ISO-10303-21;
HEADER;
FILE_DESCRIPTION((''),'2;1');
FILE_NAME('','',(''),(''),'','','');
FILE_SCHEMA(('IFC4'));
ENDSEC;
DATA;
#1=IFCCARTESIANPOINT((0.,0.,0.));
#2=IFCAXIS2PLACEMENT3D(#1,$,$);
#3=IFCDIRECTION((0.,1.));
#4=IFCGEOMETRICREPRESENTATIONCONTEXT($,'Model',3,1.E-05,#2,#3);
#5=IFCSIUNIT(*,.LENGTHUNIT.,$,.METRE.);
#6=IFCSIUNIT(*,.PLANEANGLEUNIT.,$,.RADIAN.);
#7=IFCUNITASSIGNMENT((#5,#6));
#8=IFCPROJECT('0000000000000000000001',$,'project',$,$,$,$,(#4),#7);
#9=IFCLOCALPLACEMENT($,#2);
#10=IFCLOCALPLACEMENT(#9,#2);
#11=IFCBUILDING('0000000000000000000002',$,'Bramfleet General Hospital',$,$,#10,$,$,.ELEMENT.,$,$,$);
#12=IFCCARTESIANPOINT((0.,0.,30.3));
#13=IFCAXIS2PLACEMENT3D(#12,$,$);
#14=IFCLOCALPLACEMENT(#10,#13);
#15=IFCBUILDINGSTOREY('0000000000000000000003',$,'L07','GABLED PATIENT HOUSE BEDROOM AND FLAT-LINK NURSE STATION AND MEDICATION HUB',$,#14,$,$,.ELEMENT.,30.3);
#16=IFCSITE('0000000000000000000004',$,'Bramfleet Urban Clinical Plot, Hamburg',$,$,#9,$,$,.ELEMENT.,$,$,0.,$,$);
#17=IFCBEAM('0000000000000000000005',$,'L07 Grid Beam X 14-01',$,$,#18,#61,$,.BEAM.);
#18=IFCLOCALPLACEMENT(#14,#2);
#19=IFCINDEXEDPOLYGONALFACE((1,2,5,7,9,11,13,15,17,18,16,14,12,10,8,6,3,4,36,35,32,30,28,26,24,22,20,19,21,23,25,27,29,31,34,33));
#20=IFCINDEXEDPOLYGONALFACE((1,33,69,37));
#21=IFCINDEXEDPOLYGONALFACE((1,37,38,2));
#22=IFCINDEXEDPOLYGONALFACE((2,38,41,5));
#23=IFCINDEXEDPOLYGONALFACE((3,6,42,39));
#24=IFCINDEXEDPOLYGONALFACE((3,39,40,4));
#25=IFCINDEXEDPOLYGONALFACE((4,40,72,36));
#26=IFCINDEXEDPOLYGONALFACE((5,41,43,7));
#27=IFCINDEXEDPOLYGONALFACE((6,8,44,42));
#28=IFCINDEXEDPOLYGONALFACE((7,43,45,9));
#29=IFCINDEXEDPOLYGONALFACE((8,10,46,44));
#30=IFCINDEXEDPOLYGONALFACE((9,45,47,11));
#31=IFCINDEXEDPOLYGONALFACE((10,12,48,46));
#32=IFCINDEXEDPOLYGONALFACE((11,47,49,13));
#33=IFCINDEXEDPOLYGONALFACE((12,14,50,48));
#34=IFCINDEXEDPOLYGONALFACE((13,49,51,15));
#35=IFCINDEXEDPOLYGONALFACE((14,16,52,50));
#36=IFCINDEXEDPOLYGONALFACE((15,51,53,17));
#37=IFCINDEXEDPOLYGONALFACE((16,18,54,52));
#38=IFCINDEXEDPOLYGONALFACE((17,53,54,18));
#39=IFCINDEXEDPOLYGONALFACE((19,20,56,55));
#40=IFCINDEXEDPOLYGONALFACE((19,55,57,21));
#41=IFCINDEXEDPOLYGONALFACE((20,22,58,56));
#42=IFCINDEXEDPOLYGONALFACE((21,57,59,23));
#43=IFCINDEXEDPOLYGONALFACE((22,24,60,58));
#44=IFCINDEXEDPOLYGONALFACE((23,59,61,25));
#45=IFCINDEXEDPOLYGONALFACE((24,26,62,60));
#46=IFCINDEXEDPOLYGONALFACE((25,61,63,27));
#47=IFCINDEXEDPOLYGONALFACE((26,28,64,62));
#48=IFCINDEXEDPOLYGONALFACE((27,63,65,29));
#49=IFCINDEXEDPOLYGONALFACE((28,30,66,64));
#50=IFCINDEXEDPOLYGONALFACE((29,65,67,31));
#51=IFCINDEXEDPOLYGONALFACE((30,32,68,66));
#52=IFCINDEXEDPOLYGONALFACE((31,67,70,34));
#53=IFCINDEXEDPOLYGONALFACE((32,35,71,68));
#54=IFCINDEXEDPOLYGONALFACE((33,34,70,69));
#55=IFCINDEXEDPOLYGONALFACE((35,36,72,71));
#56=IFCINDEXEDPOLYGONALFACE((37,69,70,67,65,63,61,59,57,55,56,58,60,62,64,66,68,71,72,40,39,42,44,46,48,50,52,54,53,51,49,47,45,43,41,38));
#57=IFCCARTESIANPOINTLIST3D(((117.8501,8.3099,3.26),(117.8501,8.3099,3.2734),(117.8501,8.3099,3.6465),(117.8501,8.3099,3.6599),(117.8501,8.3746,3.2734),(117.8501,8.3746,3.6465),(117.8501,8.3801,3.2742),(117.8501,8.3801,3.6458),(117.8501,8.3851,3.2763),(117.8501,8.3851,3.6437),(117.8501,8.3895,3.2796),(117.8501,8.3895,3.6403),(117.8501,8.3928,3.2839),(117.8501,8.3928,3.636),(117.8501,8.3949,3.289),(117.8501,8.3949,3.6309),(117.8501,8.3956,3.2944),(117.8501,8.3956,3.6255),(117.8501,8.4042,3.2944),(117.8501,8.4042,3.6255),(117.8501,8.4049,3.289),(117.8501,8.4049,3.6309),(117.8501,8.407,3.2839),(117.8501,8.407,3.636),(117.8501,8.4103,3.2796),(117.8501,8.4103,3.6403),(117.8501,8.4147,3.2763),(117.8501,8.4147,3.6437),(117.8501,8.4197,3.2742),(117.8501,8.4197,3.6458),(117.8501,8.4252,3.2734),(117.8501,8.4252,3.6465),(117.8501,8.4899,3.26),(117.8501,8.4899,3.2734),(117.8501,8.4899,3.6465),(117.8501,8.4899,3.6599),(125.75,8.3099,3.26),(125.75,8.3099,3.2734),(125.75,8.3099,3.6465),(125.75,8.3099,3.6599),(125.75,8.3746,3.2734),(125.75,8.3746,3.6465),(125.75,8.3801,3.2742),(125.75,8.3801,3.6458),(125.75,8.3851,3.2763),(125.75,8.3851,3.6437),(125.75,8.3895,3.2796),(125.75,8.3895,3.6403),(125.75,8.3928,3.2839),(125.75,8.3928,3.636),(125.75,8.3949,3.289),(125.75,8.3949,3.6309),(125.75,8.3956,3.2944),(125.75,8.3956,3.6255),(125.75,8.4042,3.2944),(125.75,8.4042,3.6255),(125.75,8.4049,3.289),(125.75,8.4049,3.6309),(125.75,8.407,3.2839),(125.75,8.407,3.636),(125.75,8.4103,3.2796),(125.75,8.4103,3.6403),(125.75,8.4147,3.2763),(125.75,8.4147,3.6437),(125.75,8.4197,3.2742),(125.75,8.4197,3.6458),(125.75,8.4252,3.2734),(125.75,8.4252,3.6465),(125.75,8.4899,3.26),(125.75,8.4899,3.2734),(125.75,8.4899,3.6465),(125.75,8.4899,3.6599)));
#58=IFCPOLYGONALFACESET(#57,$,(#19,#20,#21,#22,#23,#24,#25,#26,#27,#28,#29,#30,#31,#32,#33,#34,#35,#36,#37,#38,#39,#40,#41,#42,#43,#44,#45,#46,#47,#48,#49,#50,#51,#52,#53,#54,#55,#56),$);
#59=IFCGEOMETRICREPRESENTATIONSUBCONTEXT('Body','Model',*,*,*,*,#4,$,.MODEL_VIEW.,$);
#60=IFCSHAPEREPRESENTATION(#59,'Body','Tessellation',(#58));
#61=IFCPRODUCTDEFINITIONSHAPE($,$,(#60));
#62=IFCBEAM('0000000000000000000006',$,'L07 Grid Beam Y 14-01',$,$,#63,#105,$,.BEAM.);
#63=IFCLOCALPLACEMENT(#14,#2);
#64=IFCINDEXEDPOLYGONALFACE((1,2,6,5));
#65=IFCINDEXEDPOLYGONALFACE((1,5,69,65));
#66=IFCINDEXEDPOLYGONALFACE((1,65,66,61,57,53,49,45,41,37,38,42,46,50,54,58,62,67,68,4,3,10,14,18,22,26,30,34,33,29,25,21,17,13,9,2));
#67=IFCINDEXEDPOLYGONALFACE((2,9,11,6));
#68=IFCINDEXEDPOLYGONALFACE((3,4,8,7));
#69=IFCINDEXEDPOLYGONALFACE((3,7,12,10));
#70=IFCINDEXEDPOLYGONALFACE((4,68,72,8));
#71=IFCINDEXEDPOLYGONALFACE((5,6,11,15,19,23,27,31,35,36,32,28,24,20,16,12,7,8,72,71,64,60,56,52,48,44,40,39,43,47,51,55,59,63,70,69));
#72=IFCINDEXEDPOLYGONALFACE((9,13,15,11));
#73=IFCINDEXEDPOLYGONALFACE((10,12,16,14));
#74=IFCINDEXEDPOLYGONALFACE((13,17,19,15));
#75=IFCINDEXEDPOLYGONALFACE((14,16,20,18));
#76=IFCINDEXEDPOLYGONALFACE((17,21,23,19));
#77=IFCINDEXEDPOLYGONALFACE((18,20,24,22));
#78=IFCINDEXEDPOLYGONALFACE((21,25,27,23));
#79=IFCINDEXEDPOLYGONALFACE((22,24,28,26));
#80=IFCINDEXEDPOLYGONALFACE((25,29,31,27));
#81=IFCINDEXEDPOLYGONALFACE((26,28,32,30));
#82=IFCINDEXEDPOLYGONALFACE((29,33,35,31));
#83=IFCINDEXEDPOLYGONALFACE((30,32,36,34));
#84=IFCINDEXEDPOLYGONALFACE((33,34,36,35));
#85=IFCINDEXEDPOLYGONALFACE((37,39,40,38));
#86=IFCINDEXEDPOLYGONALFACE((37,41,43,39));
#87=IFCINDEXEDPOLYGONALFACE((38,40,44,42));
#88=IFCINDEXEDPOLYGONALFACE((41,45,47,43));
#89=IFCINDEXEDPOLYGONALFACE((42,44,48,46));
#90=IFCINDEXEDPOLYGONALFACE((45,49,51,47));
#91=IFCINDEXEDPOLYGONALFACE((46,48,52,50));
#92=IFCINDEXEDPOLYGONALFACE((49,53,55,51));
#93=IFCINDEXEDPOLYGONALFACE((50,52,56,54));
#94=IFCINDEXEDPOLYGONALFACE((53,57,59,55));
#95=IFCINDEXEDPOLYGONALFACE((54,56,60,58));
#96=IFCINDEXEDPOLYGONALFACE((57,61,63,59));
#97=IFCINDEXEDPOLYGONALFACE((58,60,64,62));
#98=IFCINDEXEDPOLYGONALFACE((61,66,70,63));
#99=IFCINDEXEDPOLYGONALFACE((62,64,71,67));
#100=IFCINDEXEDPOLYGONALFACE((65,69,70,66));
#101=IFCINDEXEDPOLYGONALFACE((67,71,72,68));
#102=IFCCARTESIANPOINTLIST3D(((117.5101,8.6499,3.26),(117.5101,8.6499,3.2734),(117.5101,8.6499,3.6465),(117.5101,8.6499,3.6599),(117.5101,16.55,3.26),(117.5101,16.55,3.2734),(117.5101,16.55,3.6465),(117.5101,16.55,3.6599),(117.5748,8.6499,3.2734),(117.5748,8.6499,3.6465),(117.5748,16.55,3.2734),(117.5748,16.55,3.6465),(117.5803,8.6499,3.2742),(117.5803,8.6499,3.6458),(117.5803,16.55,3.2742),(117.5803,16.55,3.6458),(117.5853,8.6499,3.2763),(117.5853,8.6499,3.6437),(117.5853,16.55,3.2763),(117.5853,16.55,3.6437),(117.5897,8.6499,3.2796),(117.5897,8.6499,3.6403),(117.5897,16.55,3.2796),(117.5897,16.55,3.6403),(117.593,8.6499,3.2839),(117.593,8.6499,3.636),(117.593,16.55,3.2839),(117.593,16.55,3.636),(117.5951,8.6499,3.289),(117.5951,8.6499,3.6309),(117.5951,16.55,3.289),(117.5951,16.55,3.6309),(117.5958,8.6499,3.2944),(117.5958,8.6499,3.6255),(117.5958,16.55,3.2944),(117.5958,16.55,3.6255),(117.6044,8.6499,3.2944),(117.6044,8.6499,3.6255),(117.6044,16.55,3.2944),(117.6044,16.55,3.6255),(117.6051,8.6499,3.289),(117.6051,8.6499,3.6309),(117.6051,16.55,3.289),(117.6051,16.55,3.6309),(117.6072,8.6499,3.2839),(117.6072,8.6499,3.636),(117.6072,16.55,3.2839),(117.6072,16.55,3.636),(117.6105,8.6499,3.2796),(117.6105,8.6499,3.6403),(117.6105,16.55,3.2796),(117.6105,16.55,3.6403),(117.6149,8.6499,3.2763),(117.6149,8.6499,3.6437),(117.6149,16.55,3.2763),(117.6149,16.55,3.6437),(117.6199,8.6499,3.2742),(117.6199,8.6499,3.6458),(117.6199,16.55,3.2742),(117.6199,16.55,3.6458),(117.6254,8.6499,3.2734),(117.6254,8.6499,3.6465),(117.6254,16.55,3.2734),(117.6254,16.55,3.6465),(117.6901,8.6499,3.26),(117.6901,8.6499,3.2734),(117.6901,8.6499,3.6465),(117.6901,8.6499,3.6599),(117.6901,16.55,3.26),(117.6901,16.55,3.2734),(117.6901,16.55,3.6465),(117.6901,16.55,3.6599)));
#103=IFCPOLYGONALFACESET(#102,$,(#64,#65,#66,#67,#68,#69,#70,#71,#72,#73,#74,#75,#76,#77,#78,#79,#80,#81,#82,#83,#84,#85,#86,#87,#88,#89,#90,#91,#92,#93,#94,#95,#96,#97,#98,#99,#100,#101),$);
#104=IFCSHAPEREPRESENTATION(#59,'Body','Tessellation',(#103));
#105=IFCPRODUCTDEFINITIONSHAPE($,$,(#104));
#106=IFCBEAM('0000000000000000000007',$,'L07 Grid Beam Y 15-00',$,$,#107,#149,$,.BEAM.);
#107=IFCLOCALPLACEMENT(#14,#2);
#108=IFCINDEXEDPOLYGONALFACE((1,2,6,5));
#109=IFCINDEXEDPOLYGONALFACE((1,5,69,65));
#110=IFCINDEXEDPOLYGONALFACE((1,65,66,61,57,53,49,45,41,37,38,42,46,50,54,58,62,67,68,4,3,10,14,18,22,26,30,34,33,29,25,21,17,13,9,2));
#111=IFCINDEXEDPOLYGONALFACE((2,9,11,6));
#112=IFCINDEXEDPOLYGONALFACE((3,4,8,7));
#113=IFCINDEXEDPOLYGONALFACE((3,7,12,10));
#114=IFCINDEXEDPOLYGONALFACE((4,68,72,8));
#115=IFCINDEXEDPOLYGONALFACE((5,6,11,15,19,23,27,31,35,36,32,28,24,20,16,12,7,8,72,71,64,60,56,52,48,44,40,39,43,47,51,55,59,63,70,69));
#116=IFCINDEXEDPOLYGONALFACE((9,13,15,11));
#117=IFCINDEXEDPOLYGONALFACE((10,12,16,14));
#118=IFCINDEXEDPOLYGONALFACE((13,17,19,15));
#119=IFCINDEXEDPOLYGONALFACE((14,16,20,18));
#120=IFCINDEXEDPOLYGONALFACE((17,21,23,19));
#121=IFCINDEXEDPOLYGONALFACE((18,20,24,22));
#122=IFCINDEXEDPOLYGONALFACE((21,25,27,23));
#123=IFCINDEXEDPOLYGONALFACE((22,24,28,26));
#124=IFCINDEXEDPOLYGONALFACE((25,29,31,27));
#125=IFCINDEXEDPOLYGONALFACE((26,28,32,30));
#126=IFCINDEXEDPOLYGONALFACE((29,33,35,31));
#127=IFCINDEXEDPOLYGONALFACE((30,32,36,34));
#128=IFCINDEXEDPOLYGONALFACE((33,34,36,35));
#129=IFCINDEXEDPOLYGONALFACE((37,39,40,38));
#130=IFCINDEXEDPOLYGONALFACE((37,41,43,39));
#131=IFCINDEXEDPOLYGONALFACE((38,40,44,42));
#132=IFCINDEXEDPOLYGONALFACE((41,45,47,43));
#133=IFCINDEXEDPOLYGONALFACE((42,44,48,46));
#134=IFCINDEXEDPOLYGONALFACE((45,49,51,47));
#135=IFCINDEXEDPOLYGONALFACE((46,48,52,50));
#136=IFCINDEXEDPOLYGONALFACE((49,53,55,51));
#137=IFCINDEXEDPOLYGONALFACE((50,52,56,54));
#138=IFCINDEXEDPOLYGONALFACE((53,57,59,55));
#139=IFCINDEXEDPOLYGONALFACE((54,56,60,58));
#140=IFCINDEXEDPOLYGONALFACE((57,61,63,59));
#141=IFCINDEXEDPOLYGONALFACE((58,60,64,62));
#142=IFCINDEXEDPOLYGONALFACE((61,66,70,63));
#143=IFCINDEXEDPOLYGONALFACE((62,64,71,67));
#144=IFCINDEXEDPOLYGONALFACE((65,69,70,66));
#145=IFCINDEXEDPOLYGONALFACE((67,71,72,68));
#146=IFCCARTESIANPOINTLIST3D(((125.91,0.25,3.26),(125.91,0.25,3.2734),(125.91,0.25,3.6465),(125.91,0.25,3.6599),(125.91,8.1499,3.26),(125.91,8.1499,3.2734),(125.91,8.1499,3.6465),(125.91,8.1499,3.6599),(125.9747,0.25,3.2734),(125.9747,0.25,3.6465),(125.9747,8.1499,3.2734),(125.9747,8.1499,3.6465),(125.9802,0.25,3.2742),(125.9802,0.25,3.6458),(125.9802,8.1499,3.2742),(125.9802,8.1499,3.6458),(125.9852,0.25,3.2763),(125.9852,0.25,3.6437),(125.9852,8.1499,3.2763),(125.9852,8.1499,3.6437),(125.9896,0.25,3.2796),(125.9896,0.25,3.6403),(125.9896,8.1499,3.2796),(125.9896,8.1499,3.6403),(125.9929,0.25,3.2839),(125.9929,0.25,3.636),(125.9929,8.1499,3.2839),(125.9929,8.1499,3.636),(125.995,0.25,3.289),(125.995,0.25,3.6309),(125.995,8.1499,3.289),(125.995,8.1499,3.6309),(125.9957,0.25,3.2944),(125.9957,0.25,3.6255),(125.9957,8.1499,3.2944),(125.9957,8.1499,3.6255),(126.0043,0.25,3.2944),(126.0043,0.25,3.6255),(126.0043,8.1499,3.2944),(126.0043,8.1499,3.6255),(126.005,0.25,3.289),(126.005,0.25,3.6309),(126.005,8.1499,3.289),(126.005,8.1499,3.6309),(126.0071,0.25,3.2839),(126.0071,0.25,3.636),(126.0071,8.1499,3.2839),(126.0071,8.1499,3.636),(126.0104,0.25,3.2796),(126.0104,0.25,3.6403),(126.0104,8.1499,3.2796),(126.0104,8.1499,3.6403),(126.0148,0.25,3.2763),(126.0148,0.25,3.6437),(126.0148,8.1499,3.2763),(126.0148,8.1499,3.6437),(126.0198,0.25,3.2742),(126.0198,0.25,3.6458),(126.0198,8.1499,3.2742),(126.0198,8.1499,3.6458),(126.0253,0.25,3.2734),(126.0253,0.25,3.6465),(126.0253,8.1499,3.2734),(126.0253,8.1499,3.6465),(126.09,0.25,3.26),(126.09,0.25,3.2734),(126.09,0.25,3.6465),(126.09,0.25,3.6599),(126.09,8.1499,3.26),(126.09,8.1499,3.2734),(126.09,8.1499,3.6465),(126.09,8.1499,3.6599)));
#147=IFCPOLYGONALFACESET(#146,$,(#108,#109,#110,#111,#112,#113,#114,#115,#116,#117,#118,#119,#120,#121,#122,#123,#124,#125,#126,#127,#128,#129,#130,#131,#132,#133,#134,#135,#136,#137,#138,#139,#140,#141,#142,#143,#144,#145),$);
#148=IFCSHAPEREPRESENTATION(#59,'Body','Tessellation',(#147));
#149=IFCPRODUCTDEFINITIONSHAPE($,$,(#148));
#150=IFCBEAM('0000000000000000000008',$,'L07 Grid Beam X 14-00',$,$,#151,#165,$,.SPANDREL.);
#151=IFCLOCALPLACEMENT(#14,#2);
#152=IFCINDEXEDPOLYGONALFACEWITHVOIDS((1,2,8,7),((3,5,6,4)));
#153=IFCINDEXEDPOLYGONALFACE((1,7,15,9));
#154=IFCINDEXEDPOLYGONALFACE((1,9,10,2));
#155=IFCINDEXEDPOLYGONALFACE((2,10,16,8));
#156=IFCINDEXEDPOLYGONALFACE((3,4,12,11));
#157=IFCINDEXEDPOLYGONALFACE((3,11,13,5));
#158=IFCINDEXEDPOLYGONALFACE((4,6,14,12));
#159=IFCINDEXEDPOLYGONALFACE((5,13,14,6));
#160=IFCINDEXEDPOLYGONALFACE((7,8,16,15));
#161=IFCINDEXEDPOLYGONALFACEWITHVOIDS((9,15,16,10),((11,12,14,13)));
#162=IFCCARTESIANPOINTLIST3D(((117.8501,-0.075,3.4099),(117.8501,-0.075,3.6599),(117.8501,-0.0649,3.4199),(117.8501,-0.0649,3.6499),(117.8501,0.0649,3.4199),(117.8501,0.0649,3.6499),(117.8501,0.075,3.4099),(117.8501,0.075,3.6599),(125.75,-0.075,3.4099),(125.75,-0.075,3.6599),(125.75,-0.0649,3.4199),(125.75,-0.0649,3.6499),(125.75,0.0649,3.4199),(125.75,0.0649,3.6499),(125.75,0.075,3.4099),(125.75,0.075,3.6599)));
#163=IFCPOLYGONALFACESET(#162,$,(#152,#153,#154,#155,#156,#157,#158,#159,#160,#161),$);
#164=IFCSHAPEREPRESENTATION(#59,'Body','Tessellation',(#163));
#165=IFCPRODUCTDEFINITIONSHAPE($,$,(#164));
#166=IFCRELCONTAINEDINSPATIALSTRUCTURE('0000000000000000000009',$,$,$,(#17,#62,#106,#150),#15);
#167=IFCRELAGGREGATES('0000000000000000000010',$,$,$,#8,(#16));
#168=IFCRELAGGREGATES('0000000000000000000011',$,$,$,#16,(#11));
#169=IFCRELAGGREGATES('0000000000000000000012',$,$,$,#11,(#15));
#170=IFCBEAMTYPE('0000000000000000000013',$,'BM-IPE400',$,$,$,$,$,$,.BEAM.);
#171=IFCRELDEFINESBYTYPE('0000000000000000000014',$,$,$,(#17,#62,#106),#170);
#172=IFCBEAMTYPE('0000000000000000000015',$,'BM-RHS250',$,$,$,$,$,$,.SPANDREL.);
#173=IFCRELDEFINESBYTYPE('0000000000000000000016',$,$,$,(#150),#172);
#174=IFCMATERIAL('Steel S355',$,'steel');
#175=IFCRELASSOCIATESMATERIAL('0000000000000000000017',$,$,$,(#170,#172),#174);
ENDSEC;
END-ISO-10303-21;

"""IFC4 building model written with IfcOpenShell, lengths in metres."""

from ifc_helpers import new_model, si_unit, direction, frame, origin, origin_2d, place, context, subcontext, project, spatial, hollow_rectangle, i_section, extrude, material, material_profile, profile_set, type_object, element, save


model = new_model("IFC4")

# Units and contexts
model_context = context("Model", 3, precision=1e-05, world=origin(), true_north=direction((0.0, 1.0)))
body_context = subcontext(model_context, "Body", "Model", "MODEL_VIEW")
ifc_project = project(units=[si_unit("LENGTHUNIT", "METRE"), si_unit("PLANEANGLEUNIT", "RADIAN")], contexts=[model_context])

# Site, building, storey
site_placement = place(None, origin())
site = spatial("IfcSite", under=ifc_project, at=site_placement, Name="Bramfleet Urban Clinical Plot, Hamburg", CompositionType="ELEMENT", RefElevation=0.0)
building_placement = place(site_placement, origin())
building = spatial("IfcBuilding", under=site, at=building_placement, Name="Bramfleet General Hospital", CompositionType="ELEMENT")
storey_placement = place(building_placement, frame((0.0, 0.0, 30.3)))
storey = spatial("IfcBuildingStorey", under=building, at=storey_placement, Name="L07", Description="GABLED PATIENT HOUSE BEDROOM AND FLAT-LINK NURSE STATION AND MEDICATION HUB", CompositionType="ELEMENT", Elevation=30.3)

# Beams
ifc_material_1 = material(Name="Steel S355", Category="steel")
ifc_material_profile_1 = material_profile(ifc_material_1, i_section(OverallWidth=0.1799, OverallDepth=0.3999, WebThickness=0.0085, FlangeThickness=0.0134, FilletRadius=0.021, at=origin_2d()), Name="IPE 400")
ifc_profile_set_1 = profile_set([ifc_material_profile_1], Name="Steel S355")
beam_type_1 = type_object("IfcBeamType", Name="BM-IPE400", PredefinedType="BEAM", material=ifc_profile_set_1)
beam_1_placement = place(storey_placement, frame((117.8501, 8.3999, 3.46), z_axis=(1.0, 0.0, 0.0), x_axis=(0.0, 1.0, 0.0)))
element("IfcBeam", 1, at=beam_1_placement, inside=storey, type_object=beam_type_1, Name="L07 Grid Beam X 14-01", PredefinedType="BEAM", context=body_context, shape_type="SweptSolid", body=[
    extrude(i_section(OverallWidth=0.1799, OverallDepth=0.3999, WebThickness=0.0085, FlangeThickness=0.0134, FilletRadius=0.021, at=origin_2d()), origin(), (0.0, 0.0, 1.0), 7.8999),
])
beam_2_placement = place(storey_placement, frame((117.6001, 8.6499, 3.46), z_axis=(0.0, 1.0, 0.0), x_axis=(-1.0, 0.0, 0.0)))
element("IfcBeam", 2, at=beam_2_placement, inside=storey, type_object=beam_type_1, Name="L07 Grid Beam Y 14-01", PredefinedType="BEAM", context=body_context, shape_type="SweptSolid", body=[
    extrude(i_section(OverallWidth=0.1799, OverallDepth=0.3999, WebThickness=0.0085, FlangeThickness=0.0134, FilletRadius=0.021, at=origin_2d()), origin(), (0.0, 0.0, 1.0), 7.9001),
])
beam_3_placement = place(storey_placement, frame((126.0, 0.25, 3.46), z_axis=(0.0, 1.0, 0.0), x_axis=(-1.0, 0.0, 0.0)))
element("IfcBeam", 3, at=beam_3_placement, inside=storey, type_object=beam_type_1, Name="L07 Grid Beam Y 15-00", PredefinedType="BEAM", context=body_context, shape_type="SweptSolid", body=[
    extrude(i_section(OverallWidth=0.1799, OverallDepth=0.3999, WebThickness=0.0085, FlangeThickness=0.0134, FilletRadius=0.021, at=origin_2d()), origin(), (0.0, 0.0, 1.0), 7.8999),
])
ifc_material_profile_2 = material_profile(ifc_material_1, hollow_rectangle(XDim=0.1499, YDim=0.25, WallThickness=0.01, at=origin_2d()), Name="RHS 250x150x10.0")
ifc_profile_set_2 = profile_set([ifc_material_profile_2], Name="Steel S355")
beam_type_2 = type_object("IfcBeamType", Name="BM-RHS250", PredefinedType="SPANDREL", material=ifc_profile_set_2)
beam_4_placement = place(storey_placement, frame((117.8501, 0.0, 3.5349), z_axis=(1.0, 0.0, 0.0), x_axis=(0.0, 1.0, 0.0)))
element("IfcBeam", 4, at=beam_4_placement, inside=storey, type_object=beam_type_2, Name="L07 Grid Beam X 14-00", PredefinedType="SPANDREL", context=body_context, shape_type="SweptSolid", body=[
    extrude(hollow_rectangle(XDim=0.1499, YDim=0.25, WallThickness=0.01, at=origin_2d()), origin(), (0.0, 0.0, 1.0), 7.8999),
])

save(model, "model.ifc")
